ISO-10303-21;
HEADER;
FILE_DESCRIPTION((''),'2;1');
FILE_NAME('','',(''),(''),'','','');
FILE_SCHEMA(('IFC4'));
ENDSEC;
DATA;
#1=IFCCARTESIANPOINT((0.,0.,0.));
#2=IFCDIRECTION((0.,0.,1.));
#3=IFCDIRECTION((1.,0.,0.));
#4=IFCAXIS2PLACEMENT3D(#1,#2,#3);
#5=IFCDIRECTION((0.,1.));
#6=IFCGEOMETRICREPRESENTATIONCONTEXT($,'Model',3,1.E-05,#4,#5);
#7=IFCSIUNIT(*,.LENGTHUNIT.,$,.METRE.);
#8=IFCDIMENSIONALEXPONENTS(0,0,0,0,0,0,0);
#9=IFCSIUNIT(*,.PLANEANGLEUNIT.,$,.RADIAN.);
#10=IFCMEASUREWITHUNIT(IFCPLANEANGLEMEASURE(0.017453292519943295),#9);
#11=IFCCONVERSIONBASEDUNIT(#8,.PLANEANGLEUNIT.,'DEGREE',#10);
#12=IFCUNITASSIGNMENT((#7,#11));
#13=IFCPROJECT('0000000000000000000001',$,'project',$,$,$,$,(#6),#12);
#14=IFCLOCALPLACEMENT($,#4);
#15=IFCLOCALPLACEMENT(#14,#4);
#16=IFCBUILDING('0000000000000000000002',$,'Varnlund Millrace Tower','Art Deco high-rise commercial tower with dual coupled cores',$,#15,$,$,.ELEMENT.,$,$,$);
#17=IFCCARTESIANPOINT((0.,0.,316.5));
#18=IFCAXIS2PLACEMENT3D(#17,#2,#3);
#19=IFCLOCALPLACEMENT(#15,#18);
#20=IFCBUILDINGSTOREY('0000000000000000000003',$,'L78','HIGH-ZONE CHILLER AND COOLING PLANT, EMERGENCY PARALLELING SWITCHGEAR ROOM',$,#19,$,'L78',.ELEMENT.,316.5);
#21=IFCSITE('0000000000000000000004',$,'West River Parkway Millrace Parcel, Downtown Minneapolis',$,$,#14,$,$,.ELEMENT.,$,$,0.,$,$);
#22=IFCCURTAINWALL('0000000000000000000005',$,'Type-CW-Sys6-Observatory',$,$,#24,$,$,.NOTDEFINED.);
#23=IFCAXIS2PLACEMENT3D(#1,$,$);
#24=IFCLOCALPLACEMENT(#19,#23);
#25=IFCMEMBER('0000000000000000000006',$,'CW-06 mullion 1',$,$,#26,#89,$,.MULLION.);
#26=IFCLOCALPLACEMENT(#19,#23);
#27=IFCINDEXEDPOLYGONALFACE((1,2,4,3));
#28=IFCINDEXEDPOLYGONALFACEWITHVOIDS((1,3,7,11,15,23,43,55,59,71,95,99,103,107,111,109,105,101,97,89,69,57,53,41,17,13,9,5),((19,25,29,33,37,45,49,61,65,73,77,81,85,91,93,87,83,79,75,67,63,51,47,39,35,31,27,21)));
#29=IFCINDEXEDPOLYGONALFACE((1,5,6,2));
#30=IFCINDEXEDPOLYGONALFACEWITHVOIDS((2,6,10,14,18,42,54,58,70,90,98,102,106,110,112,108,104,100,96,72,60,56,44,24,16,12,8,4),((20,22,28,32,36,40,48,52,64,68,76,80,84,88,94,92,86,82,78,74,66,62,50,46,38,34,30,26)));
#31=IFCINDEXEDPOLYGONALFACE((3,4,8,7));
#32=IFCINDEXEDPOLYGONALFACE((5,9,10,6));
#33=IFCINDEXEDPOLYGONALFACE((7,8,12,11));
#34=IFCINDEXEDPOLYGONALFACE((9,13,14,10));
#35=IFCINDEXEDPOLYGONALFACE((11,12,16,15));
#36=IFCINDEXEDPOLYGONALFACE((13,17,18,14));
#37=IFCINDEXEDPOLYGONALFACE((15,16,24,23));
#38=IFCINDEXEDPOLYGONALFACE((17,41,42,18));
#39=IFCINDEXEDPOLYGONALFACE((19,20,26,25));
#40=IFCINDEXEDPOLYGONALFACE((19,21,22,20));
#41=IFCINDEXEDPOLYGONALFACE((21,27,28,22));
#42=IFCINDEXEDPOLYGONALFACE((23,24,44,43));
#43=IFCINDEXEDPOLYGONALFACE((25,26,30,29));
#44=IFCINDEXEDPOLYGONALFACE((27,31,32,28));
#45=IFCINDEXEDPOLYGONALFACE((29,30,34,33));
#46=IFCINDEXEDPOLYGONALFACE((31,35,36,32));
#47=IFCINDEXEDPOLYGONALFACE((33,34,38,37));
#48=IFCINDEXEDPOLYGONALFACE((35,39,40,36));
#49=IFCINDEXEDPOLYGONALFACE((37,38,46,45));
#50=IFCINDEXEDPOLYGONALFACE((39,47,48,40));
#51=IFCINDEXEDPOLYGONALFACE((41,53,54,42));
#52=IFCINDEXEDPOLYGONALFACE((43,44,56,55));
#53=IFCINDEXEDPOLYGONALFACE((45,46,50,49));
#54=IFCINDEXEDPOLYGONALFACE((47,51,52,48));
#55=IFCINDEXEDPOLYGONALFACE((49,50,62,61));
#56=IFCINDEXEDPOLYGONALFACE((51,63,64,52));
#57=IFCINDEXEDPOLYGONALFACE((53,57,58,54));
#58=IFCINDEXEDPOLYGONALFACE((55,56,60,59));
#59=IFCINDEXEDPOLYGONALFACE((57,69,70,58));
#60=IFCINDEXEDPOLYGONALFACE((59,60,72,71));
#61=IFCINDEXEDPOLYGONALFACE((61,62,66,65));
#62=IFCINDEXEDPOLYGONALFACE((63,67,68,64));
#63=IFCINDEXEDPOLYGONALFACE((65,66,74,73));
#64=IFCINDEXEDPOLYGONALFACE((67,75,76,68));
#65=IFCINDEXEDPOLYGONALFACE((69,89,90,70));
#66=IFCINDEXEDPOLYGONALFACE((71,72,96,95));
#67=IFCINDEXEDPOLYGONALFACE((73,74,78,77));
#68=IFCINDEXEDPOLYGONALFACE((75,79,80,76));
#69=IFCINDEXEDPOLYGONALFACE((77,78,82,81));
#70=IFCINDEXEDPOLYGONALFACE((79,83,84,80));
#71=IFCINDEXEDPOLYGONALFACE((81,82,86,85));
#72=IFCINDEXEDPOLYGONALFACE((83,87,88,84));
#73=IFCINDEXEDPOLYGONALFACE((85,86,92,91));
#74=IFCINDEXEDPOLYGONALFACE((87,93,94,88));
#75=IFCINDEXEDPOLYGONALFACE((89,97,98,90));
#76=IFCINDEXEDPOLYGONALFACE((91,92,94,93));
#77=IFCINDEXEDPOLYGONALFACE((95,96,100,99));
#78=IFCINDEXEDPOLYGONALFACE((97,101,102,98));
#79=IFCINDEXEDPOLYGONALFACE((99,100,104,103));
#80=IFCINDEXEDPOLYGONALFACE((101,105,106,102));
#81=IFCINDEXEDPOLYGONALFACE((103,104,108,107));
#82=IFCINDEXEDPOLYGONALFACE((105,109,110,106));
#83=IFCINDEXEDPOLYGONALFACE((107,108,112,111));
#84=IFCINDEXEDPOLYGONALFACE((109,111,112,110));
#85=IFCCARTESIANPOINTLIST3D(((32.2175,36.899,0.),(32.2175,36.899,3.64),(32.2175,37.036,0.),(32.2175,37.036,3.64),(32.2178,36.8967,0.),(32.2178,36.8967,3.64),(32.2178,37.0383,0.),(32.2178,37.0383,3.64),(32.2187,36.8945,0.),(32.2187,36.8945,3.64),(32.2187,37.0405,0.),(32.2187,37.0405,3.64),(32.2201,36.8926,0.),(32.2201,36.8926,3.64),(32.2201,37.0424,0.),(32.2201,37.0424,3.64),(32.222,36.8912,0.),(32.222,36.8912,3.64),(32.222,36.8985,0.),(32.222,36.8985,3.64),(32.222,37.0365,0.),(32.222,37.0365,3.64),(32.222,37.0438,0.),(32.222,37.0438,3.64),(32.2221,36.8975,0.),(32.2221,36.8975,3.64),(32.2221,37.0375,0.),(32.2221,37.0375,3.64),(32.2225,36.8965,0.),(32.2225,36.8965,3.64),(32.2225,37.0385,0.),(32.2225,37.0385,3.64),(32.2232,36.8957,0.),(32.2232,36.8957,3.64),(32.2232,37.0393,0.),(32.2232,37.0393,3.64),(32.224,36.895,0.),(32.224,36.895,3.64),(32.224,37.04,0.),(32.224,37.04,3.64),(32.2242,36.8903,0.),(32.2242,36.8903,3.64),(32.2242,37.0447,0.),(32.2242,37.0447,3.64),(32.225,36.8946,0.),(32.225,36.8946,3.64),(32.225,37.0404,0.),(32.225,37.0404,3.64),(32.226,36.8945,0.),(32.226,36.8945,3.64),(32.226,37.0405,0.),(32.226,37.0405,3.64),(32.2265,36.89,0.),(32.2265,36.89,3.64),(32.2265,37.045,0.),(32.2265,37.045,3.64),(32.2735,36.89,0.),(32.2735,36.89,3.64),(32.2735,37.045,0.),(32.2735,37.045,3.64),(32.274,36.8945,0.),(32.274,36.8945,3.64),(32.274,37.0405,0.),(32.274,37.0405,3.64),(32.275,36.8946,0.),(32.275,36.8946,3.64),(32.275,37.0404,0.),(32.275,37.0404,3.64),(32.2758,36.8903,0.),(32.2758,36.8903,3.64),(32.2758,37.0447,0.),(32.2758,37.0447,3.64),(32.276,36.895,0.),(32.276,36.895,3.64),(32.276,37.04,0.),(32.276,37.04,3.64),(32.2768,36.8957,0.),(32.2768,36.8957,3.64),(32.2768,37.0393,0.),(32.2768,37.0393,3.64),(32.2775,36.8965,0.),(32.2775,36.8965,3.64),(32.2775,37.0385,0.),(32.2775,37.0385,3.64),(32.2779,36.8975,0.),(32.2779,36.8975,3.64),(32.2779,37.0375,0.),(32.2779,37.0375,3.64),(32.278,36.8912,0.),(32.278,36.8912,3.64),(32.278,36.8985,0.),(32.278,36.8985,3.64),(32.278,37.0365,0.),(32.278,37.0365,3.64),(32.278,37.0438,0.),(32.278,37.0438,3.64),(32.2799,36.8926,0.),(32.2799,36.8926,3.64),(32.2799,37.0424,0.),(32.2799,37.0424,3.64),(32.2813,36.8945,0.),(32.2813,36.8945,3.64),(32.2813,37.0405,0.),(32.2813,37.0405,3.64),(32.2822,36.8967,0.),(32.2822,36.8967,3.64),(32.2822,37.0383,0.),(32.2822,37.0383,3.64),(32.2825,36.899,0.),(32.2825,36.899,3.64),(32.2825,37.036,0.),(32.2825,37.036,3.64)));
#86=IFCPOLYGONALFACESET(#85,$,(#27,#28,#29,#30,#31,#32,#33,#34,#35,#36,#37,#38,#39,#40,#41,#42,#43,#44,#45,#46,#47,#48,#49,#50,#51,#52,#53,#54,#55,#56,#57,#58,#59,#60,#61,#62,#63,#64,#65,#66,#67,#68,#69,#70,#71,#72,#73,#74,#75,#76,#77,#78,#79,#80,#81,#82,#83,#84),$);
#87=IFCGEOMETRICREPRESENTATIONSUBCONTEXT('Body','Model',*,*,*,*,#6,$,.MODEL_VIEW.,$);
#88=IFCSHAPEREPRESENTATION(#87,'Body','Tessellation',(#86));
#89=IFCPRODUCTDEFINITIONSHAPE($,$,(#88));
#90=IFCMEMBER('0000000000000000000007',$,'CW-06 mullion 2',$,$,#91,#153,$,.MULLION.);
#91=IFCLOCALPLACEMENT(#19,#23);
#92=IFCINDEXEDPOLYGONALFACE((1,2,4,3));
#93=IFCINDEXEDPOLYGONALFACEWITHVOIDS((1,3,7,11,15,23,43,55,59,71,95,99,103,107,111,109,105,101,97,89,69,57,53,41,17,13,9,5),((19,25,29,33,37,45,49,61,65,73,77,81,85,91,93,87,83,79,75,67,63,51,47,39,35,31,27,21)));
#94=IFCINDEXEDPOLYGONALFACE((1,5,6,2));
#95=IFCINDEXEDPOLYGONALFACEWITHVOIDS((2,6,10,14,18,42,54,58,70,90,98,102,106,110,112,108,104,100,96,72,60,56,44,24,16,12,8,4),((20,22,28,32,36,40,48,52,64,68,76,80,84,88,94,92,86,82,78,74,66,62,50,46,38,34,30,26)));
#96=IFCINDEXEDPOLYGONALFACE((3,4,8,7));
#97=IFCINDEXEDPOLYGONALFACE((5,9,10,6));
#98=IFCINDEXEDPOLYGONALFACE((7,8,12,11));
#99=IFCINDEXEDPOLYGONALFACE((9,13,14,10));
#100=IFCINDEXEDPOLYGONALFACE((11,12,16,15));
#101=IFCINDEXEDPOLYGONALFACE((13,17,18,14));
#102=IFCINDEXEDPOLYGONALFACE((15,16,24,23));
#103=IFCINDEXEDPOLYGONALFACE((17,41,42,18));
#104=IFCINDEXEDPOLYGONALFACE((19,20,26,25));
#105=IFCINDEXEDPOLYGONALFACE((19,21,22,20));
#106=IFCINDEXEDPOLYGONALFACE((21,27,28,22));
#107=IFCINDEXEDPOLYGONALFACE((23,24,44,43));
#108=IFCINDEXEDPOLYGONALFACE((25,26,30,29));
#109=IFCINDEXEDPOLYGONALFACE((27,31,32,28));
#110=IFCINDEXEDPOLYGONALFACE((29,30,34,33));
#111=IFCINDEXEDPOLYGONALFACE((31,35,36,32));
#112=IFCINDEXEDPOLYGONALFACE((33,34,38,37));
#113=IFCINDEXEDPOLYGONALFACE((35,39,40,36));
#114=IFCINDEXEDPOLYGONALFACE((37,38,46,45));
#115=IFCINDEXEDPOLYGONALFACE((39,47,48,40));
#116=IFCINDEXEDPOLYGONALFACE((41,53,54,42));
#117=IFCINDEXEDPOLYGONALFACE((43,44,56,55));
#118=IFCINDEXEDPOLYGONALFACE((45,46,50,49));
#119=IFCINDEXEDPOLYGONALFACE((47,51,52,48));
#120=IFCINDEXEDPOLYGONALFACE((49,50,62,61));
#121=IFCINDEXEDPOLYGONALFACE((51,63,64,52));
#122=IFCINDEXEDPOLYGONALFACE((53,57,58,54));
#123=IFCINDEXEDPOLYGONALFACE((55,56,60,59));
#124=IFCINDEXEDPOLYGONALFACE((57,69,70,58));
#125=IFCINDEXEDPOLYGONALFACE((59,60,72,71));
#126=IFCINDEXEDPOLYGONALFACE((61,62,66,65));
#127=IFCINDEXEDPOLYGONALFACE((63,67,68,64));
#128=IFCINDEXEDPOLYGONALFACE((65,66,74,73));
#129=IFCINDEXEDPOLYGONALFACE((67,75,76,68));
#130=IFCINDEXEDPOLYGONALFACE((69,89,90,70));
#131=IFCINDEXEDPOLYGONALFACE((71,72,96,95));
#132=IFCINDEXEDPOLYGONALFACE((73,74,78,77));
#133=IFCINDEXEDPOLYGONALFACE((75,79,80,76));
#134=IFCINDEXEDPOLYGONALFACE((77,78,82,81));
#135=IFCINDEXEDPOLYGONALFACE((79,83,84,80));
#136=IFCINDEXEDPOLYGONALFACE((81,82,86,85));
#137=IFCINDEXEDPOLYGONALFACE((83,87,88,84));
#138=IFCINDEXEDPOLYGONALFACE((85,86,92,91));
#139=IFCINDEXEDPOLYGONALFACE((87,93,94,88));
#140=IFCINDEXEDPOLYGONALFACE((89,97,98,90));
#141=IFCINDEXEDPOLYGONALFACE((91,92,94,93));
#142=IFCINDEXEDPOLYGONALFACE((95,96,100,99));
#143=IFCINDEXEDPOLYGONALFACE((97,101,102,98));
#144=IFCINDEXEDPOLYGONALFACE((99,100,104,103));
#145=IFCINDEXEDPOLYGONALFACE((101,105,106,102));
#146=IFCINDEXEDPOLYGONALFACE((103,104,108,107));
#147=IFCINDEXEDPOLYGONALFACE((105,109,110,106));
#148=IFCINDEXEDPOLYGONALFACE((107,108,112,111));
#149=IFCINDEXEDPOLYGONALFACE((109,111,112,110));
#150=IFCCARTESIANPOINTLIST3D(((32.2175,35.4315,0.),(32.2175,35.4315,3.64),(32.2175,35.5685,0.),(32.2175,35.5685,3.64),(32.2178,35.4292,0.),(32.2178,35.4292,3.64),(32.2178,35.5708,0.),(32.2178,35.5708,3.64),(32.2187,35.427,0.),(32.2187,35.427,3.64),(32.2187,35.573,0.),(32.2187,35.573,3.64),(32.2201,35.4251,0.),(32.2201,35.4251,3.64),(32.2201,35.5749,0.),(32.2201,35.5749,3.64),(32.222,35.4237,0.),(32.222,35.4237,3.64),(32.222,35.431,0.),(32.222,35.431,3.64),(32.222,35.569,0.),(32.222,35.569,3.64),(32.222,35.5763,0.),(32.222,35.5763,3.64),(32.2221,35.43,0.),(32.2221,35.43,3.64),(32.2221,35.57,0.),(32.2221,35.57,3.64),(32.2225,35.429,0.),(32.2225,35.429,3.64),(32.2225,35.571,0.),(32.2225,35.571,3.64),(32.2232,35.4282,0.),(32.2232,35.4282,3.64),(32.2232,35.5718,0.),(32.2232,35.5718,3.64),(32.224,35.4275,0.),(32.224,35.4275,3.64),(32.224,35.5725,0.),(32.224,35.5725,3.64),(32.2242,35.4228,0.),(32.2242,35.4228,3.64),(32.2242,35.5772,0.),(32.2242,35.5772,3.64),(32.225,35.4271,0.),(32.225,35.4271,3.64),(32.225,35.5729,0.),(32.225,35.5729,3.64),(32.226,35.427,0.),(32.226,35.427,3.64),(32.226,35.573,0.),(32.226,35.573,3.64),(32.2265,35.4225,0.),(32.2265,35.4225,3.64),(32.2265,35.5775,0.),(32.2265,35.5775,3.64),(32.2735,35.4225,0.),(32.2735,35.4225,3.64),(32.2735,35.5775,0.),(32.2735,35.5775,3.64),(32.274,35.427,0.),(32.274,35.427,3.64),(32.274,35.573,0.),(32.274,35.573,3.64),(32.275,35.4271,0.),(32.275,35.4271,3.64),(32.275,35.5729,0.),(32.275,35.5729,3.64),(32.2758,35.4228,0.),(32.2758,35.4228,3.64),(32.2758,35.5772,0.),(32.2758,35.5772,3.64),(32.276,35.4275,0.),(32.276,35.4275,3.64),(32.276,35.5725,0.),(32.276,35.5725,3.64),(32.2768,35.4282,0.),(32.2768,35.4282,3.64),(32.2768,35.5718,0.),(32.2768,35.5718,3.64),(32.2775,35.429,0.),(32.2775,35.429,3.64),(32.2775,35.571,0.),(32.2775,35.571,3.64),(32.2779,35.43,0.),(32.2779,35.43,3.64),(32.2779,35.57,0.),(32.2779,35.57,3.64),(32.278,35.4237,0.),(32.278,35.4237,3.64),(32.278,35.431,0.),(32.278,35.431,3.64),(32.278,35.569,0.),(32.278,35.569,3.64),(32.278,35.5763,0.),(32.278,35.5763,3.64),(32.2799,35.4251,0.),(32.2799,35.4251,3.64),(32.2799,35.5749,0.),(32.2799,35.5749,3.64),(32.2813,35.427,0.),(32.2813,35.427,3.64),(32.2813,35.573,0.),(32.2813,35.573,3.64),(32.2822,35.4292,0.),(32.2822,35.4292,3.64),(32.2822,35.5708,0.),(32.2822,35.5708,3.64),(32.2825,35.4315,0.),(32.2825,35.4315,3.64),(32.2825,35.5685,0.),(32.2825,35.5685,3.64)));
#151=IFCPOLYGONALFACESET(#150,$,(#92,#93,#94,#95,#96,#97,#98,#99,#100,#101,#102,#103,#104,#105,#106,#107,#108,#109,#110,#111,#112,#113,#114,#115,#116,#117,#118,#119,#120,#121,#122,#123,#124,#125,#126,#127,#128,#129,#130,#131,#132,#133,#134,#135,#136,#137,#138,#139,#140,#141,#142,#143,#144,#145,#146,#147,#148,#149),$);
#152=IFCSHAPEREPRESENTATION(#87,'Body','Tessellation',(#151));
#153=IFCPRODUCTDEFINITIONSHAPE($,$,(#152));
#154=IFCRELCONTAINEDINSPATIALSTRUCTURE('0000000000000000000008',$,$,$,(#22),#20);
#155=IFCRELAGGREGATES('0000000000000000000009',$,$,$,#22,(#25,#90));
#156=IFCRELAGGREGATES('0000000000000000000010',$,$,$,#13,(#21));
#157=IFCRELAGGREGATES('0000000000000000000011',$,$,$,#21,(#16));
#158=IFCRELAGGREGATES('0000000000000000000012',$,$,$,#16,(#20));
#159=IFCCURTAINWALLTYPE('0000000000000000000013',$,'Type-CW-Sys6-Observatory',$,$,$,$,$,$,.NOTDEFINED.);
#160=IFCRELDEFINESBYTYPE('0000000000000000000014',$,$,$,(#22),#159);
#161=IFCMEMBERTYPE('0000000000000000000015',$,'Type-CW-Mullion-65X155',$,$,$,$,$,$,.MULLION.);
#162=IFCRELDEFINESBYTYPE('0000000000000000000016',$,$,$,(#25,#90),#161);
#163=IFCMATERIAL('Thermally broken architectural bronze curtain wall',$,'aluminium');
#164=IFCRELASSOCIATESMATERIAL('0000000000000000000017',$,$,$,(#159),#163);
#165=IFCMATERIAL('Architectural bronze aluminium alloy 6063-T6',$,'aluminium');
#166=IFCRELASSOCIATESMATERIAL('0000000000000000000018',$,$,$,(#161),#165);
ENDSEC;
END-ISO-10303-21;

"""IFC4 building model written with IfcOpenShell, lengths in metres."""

from ifc_helpers import new_model, entity, si_unit, converted_unit, direction, frame, origin_with_axes, origin_2d_with_axis, place, context, subcontext, project, spatial, hollow_rectangle, extrude, material, material_profile, profile_set, type_object, element, aggregate, save


model = new_model("IFC4")

# Units and contexts
model_context = context("Model", 3, precision=1e-05, world=origin_with_axes(), true_north=direction((0.0, 1.0)))
body_context = subcontext(model_context, "Body", "Model", "MODEL_VIEW")
ifc_project = project(units=[si_unit("LENGTHUNIT", "METRE"), converted_unit("PLANEANGLEUNIT", "DEGREE", entity("IfcPlaneAngleMeasure", 0.017453292519943295), si_unit("PLANEANGLEUNIT", "RADIAN"), dimensions=[0, 0, 0, 0, 0, 0, 0])], contexts=[model_context])

# Site, building, storey
site_placement = place(None, origin_with_axes())
site = spatial("IfcSite", under=ifc_project, at=site_placement, Name="West River Parkway Millrace Parcel, Downtown Minneapolis", CompositionType="ELEMENT", RefElevation=0.0)
building_placement = place(site_placement, origin_with_axes())
building = spatial("IfcBuilding", under=site, at=building_placement, Name="Varnlund Millrace Tower", Description="Art Deco high-rise commercial tower with dual coupled cores", CompositionType="ELEMENT")
storey_placement = place(building_placement, frame((0.0, 0.0, 316.5), z_axis=(0.0, 0.0, 1.0), x_axis=(1.0, 0.0, 0.0)))
storey = spatial("IfcBuildingStorey", under=building, at=storey_placement, Name="L78", Description="HIGH-ZONE CHILLER AND COOLING PLANT, EMERGENCY PARALLELING SWITCHGEAR ROOM", LongName="L78", CompositionType="ELEMENT", Elevation=316.5)

# Curtain wall, members
ifc_material_1 = material(Name="Thermally broken architectural bronze curtain wall", Category="aluminium")
curtain_wall_type = type_object("IfcCurtainWallType", Name="Type-CW-Sys6-Observatory", PredefinedType="NOTDEFINED", material=ifc_material_1)
curtain_wall_1_placement = place(storey_placement, frame((32.25, 37.0, 0.0), z_axis=(0.0, 0.0, 1.0), x_axis=(1.0, 0.0, 0.0)))
curtain_wall_1 = element("IfcCurtainWall", 1, at=curtain_wall_1_placement, inside=storey, type_object=curtain_wall_type, Name="Type-CW-Sys6-Observatory", PredefinedType="NOTDEFINED")
ifc_material_2 = material(Name="Architectural bronze aluminium alloy 6063-T6", Category="aluminium")
ifc_material_profile_1 = material_profile(ifc_material_2, hollow_rectangle(XDim=0.065, YDim=0.155, WallThickness=0.0045, InnerFilletRadius=0.004, OuterFilletRadius=0.009, at=origin_2d_with_axis()), Name="Architectural bronze aluminium alloy 6063-T6")
ifc_profile_set_1 = profile_set([ifc_material_profile_1], Name="Architectural bronze aluminium alloy 6063-T6")
member_type = type_object("IfcMemberType", Name="Type-CW-Mullion-65X155", PredefinedType="MULLION", material=ifc_profile_set_1)
member_1_placement = place(storey_placement, frame((32.25, 36.9675, 0.0), z_axis=(0.0, 0.0, 1.0), x_axis=(1.0, 0.0, 0.0)))
member_1 = element("IfcMember", 2, at=member_1_placement, type_object=member_type, Name="CW-06 mullion 1", PredefinedType="MULLION", context=body_context, shape_type="SweptSolid", body=[
    extrude(hollow_rectangle(XDim=0.065, YDim=0.155, WallThickness=0.0045, InnerFilletRadius=0.004, OuterFilletRadius=0.009, at=origin_2d_with_axis()), origin_with_axes(), (0.0, 0.0, 1.0), 3.64),
])
member_2_placement = place(storey_placement, frame((32.25, 35.5, 0.0), z_axis=(0.0, 0.0, 1.0), x_axis=(1.0, 0.0, 0.0)))
member_2 = element("IfcMember", 3, at=member_2_placement, type_object=member_type, Name="CW-06 mullion 2", PredefinedType="MULLION", context=body_context, shape_type="SweptSolid", body=[
    extrude(hollow_rectangle(XDim=0.065, YDim=0.155, WallThickness=0.0045, InnerFilletRadius=0.004, OuterFilletRadius=0.009, at=origin_2d_with_axis()), origin_with_axes(), (0.0, 0.0, 1.0), 3.64),
])
aggregate(curtain_wall_1, [member_1, member_2])

save(model, "model.ifc")
